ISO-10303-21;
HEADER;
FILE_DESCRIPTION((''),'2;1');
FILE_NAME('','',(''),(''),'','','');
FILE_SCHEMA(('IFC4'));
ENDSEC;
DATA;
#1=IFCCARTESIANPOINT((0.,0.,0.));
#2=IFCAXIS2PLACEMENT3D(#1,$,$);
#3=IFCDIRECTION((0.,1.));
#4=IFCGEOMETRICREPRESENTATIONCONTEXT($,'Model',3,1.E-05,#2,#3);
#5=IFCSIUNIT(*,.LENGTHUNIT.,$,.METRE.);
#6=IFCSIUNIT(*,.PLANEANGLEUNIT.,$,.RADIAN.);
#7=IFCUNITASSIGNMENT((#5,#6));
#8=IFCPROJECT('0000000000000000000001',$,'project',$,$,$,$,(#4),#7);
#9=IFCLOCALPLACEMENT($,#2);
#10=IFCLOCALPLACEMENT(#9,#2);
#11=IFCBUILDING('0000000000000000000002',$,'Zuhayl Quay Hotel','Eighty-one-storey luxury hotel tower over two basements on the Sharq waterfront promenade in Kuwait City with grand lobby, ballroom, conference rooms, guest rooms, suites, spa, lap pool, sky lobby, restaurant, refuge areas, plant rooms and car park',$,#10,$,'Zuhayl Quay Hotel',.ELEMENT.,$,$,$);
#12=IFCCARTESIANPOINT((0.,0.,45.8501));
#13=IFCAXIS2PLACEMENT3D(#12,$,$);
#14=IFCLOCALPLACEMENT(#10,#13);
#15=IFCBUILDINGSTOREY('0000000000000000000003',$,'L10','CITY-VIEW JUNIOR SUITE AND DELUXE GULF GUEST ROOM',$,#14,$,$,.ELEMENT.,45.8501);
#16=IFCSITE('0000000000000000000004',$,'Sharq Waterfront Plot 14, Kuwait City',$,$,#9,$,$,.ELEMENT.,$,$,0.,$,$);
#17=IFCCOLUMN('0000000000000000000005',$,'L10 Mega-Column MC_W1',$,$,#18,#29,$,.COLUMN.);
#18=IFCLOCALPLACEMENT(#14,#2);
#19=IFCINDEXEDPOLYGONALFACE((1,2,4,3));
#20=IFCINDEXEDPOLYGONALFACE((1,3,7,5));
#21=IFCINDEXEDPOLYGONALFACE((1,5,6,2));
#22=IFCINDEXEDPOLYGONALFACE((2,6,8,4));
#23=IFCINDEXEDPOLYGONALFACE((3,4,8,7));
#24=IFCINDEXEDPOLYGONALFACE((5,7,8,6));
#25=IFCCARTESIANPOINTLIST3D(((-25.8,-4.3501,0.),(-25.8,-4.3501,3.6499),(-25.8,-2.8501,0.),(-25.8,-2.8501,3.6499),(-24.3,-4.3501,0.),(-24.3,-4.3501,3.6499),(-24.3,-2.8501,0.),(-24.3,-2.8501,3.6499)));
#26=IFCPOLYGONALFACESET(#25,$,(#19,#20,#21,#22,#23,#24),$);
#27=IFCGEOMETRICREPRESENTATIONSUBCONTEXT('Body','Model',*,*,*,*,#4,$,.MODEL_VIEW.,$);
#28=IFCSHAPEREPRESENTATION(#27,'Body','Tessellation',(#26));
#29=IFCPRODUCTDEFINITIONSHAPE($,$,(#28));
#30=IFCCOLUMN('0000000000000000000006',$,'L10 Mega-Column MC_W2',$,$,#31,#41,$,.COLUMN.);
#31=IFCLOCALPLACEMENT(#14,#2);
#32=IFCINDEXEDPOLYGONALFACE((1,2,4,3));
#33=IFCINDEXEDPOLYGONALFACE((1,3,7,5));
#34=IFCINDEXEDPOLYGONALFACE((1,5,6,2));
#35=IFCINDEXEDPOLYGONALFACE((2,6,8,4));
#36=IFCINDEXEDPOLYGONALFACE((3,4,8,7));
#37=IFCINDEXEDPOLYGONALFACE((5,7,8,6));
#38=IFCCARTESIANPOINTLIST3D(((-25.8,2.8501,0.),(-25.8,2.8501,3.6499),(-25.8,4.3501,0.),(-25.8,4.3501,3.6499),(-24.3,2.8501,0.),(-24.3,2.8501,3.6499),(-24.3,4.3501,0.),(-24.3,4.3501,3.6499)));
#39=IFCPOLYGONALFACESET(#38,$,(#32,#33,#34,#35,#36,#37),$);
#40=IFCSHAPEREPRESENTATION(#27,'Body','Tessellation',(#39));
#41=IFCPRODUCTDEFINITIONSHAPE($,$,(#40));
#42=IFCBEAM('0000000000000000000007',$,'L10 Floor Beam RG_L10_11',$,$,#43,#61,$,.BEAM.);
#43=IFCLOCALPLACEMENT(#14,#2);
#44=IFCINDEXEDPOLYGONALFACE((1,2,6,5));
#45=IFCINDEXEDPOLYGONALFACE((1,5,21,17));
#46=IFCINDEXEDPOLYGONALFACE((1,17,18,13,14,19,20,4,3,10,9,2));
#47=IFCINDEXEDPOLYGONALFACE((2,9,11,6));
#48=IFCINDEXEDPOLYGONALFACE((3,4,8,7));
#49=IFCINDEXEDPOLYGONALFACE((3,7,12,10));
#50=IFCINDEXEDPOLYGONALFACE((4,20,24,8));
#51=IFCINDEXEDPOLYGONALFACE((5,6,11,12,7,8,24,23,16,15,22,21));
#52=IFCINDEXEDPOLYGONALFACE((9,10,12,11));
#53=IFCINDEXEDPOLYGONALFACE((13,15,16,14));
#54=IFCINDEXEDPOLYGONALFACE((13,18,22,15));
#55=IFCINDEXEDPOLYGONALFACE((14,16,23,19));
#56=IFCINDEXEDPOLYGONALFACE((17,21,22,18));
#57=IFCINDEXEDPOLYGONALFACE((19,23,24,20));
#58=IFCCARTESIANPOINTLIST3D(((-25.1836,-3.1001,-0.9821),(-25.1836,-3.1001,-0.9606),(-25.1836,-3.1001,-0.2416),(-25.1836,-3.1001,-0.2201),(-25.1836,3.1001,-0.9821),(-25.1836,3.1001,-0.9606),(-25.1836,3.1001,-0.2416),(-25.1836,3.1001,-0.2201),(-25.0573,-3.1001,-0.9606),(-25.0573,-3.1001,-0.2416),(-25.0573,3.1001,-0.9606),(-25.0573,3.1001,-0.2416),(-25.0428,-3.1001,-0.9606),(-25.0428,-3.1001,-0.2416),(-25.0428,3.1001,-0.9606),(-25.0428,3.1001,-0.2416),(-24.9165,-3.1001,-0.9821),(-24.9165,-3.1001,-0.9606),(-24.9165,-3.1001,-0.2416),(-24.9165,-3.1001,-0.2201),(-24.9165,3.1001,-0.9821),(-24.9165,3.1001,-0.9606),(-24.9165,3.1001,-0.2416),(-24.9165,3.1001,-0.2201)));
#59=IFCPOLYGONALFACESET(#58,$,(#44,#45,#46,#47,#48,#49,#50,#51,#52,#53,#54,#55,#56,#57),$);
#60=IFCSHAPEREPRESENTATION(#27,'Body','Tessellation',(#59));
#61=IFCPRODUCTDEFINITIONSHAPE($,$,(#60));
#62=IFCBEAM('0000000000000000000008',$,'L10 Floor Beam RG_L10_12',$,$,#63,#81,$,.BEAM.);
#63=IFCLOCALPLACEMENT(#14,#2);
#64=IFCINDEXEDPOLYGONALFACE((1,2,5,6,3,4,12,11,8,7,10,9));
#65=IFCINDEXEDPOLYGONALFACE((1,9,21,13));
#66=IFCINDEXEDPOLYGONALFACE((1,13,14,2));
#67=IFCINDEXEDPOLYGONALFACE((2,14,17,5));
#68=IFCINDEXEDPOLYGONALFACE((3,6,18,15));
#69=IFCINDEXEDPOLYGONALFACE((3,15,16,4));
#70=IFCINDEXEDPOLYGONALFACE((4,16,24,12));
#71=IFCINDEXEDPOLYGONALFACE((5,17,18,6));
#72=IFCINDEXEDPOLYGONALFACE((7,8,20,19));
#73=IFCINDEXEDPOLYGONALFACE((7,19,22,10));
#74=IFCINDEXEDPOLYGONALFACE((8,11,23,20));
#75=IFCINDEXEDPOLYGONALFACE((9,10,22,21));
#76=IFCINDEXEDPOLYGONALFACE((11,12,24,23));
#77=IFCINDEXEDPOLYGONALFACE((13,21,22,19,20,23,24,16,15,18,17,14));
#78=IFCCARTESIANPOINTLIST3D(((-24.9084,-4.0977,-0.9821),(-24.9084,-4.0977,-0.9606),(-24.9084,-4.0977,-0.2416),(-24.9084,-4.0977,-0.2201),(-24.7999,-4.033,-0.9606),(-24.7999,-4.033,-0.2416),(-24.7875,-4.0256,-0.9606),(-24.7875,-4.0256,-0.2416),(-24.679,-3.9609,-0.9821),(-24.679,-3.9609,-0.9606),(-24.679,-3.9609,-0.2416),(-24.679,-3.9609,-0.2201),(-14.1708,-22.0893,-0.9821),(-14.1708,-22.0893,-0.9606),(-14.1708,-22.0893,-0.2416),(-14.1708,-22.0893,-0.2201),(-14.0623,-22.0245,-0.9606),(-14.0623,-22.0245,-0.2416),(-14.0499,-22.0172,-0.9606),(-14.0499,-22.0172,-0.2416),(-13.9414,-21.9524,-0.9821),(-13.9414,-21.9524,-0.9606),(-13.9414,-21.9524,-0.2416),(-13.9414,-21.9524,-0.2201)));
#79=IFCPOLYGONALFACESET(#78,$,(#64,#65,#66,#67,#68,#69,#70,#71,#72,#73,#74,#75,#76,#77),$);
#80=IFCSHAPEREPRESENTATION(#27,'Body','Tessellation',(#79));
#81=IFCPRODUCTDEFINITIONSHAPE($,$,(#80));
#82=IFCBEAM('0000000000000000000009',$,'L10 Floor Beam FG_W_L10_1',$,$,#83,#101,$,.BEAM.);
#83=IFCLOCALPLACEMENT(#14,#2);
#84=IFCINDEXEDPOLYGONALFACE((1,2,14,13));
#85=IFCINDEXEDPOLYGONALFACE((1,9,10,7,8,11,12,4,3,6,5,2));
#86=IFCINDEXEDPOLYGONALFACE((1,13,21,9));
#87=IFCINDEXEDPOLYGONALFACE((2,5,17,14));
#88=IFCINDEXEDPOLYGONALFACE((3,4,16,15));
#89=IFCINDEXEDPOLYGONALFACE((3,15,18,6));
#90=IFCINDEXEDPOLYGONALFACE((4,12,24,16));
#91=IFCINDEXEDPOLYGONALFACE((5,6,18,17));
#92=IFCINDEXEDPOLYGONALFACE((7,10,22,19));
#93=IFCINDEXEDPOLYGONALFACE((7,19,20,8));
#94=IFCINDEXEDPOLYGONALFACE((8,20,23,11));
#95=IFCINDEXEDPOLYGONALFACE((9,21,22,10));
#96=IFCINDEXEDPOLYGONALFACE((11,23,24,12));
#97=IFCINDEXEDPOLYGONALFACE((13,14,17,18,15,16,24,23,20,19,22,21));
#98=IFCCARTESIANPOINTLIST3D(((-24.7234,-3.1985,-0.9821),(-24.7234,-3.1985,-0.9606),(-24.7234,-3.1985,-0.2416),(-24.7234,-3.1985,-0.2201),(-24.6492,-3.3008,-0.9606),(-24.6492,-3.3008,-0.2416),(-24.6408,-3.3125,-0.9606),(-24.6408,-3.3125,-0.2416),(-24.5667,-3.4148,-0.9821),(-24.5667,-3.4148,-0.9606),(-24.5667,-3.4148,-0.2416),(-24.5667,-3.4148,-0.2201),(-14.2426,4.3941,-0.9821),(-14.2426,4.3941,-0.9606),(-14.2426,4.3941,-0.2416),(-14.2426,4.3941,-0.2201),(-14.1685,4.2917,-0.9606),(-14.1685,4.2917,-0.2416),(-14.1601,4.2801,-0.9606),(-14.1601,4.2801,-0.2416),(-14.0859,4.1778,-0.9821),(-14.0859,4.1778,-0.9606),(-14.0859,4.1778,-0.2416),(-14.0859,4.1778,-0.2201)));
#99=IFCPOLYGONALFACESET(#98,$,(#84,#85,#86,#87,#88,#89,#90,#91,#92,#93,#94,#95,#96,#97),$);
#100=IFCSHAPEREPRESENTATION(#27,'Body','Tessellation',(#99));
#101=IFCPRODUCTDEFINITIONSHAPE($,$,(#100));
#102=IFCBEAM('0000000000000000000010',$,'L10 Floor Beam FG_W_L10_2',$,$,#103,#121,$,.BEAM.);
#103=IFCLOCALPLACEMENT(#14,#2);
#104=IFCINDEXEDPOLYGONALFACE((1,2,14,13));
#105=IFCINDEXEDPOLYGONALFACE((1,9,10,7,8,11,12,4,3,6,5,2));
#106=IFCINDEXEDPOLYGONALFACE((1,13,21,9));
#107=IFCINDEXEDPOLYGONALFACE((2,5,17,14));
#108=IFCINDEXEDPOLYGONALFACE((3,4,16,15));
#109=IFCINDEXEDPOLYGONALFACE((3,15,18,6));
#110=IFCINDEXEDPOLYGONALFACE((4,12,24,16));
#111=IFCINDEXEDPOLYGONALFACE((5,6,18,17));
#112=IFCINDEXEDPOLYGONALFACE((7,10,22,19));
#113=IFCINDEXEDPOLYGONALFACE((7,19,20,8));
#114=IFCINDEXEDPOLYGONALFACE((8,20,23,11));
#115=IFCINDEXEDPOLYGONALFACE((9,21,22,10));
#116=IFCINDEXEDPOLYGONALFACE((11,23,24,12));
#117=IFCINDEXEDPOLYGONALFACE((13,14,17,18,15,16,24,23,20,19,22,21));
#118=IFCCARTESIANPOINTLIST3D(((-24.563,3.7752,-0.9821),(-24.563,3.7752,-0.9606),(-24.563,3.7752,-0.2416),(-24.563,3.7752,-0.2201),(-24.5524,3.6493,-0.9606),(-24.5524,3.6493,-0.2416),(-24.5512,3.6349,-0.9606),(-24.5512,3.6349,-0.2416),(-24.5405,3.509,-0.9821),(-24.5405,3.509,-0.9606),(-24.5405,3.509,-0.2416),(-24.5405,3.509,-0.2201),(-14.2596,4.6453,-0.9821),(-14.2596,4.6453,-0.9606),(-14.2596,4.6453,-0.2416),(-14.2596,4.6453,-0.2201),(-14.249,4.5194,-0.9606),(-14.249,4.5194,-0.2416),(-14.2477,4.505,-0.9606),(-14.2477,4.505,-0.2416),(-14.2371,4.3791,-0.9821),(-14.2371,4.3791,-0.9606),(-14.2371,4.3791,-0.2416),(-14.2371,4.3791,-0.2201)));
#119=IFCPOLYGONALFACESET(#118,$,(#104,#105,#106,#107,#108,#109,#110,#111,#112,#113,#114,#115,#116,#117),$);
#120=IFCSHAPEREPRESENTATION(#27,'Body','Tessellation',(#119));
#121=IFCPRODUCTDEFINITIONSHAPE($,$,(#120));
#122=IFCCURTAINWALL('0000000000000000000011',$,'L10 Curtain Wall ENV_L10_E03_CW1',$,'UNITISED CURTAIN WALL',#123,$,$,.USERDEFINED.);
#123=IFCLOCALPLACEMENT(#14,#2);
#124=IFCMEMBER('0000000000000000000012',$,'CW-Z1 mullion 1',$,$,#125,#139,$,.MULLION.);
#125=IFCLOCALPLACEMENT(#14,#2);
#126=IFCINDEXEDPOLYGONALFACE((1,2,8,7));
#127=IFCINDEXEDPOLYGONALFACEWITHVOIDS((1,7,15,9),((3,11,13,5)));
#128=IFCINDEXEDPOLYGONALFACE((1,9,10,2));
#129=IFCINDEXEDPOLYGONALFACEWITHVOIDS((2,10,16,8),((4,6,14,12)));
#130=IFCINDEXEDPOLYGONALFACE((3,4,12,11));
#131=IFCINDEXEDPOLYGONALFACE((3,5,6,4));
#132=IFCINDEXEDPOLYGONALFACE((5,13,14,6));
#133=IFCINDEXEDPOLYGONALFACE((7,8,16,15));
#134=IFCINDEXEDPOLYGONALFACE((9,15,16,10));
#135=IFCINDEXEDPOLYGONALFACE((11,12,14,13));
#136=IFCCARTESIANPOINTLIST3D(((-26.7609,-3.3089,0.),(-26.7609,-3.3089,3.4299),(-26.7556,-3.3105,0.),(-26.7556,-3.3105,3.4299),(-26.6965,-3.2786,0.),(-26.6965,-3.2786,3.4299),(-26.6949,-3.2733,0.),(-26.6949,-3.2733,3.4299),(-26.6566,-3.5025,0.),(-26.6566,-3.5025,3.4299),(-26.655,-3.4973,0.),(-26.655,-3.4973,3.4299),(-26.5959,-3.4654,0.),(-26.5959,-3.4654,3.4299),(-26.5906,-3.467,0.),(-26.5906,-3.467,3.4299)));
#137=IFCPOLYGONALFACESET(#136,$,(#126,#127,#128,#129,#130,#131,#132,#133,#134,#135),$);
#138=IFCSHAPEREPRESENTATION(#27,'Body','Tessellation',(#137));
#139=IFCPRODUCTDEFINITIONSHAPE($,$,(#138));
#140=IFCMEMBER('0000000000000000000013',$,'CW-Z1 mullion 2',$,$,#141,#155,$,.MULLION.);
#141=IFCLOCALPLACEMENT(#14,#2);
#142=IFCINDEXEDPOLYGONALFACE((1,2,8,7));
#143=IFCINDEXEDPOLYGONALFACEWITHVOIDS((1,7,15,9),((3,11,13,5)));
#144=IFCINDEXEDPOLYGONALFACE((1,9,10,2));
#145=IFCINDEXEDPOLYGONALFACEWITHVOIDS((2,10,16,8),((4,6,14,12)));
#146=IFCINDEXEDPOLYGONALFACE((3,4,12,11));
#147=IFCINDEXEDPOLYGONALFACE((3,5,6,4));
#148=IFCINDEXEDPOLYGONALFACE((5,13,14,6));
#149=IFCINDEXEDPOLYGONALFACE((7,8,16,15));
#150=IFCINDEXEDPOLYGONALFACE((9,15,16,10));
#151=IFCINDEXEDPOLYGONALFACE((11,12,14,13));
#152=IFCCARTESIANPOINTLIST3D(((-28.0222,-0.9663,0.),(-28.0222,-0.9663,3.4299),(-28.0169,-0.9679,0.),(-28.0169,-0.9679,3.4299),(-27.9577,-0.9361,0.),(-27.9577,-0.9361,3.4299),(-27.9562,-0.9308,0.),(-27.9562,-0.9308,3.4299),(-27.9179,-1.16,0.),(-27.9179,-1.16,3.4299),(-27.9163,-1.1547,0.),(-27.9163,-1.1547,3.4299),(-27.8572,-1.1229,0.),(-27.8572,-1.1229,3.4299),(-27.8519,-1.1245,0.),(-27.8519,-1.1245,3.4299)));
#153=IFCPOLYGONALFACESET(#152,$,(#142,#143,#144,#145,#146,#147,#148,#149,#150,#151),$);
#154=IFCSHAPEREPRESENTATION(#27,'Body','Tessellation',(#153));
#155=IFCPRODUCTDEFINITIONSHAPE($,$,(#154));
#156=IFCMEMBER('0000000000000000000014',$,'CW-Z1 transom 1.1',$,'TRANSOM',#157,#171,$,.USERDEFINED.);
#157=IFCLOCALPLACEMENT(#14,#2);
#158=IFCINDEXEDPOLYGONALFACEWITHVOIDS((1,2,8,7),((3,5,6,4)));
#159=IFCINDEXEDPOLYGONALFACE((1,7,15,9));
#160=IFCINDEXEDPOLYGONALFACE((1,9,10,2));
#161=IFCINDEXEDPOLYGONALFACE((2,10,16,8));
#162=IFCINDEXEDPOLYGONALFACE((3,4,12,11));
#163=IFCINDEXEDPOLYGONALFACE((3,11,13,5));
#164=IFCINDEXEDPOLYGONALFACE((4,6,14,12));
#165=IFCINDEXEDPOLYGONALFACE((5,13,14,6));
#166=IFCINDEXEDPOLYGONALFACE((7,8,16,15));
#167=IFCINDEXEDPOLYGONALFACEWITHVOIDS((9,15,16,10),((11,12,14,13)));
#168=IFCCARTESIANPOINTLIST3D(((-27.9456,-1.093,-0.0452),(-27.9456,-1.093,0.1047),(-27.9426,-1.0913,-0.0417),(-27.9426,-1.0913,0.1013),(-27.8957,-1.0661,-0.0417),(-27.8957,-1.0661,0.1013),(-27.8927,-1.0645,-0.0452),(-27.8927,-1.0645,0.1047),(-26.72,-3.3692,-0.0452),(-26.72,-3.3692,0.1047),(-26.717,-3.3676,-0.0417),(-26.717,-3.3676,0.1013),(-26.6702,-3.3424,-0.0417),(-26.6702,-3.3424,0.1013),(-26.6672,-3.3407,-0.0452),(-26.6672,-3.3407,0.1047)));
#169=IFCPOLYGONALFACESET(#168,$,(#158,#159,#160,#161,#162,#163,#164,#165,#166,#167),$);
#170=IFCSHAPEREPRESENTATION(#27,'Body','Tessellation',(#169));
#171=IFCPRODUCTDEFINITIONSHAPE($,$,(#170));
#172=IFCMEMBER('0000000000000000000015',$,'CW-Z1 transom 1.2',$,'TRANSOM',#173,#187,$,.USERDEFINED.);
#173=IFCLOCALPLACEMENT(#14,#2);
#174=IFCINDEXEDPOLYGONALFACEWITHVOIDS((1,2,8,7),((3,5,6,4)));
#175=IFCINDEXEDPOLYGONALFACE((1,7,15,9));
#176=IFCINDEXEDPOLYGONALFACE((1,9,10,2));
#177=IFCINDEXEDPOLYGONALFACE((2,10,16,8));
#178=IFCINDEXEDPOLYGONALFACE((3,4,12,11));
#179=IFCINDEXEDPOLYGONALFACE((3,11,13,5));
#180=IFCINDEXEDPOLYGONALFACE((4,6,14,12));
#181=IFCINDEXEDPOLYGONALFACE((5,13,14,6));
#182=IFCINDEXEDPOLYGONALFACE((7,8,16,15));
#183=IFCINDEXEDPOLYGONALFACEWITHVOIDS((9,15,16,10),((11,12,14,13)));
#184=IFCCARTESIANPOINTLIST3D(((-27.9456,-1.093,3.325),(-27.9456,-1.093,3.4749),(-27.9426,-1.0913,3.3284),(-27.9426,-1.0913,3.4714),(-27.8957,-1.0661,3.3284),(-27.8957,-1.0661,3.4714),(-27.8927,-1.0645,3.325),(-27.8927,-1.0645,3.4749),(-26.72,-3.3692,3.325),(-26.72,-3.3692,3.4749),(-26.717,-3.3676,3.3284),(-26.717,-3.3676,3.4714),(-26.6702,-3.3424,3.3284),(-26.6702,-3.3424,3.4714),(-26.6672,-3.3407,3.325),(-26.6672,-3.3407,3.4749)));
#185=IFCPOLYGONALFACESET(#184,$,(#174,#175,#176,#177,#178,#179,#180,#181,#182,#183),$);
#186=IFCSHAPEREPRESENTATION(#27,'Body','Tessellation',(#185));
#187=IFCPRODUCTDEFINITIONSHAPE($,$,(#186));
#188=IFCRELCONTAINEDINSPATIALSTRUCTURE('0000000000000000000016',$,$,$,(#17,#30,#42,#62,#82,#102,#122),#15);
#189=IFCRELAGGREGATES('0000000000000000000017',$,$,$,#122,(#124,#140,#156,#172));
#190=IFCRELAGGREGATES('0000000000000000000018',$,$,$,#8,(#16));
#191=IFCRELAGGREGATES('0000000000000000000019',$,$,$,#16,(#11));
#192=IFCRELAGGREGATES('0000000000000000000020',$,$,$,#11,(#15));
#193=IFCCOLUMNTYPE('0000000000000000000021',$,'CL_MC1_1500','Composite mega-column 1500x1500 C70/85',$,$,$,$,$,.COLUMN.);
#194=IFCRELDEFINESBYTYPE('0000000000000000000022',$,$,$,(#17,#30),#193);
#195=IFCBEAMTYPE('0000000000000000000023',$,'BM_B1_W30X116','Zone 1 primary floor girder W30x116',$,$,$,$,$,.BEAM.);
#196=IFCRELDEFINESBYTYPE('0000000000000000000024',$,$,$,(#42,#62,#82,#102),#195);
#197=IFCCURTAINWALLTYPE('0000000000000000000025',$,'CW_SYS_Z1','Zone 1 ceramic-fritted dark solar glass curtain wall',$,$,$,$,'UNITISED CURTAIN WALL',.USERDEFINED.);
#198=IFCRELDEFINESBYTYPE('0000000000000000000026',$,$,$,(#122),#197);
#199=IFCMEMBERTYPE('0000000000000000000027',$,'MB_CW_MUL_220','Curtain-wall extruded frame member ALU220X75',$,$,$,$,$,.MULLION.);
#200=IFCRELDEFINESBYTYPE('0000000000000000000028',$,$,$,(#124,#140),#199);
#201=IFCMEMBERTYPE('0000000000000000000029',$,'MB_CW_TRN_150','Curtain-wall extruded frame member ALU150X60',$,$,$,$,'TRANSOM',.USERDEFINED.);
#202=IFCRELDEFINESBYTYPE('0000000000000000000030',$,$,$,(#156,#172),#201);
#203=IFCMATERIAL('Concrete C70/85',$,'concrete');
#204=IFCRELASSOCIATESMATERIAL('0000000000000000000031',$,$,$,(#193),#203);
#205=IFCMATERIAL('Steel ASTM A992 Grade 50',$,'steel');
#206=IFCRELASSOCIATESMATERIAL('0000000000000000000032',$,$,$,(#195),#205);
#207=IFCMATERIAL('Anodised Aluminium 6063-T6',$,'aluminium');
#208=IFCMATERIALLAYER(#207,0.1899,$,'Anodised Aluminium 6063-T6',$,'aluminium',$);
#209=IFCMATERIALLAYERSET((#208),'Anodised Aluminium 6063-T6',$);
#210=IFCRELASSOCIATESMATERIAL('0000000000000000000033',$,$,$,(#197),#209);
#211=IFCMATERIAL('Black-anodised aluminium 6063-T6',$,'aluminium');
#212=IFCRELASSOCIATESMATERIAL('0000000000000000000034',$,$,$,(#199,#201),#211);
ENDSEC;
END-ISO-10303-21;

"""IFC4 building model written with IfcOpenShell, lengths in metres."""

from ifc_helpers import new_model, si_unit, direction, frame, origin, origin_2d, place, context, subcontext, project, spatial, rectangle, hollow_rectangle, i_section, extrude, material, layer, layer_set, material_profile, profile_set, type_object, element, aggregate, save


model = new_model("IFC4")

# Units and contexts
model_context = context("Model", 3, precision=1e-05, world=origin(), true_north=direction((0.0, 1.0)))
body_context = subcontext(model_context, "Body", "Model", "MODEL_VIEW")
ifc_project = project(units=[si_unit("LENGTHUNIT", "METRE"), si_unit("PLANEANGLEUNIT", "RADIAN")], contexts=[model_context])

# Site, building, storey
site_placement = place(None, origin())
site = spatial("IfcSite", under=ifc_project, at=site_placement, Name="Sharq Waterfront Plot 14, Kuwait City", CompositionType="ELEMENT", RefElevation=0.0)
building_placement = place(site_placement, origin())
building = spatial("IfcBuilding", under=site, at=building_placement, Name="Zuhayl Quay Hotel", Description="Eighty-one-storey luxury hotel tower over two basements on the Sharq waterfront promenade in Kuwait City with grand lobby, ballroom, conference rooms, guest rooms, suites, spa, lap pool, sky lobby, restaurant, refuge areas, plant rooms and car park", LongName="Zuhayl Quay Hotel", CompositionType="ELEMENT")
storey_placement = place(building_placement, frame((0.0, 0.0, 45.8501)))
storey = spatial("IfcBuildingStorey", under=building, at=storey_placement, Name="L10", Description="CITY-VIEW JUNIOR SUITE AND DELUXE GULF GUEST ROOM", CompositionType="ELEMENT", Elevation=45.8501)

# Columns
ifc_material_1 = material(Name="Concrete C70/85", Category="concrete")
ifc_material_profile_1 = material_profile(ifc_material_1, rectangle(XDim=1.5, YDim=1.5, at=origin_2d()), Name="RC1500X1500")
ifc_profile_set_1 = profile_set([ifc_material_profile_1], Name="Concrete C70/85")
column_type = type_object("IfcColumnType", Name="CL_MC1_1500", Description="Composite mega-column 1500x1500 C70/85", PredefinedType="COLUMN", material=ifc_profile_set_1)
for number, where, z_axis, x_axis, name in (
    (1, (-25.05, -3.6001, 0.0), (0.0, 0.0, 1.0), (1.0, 0.0, 0.0), "L10 Mega-Column MC_W1"),
    (2, (-25.05, 3.6001, 0.0), (0.0, 0.0, 1.0), (1.0, 0.0, 0.0), "L10 Mega-Column MC_W2"),
):
    element("IfcColumn", number, at=place(storey_placement, frame(where, z_axis=z_axis, x_axis=x_axis)), inside=storey, type_object=column_type, Name=name, PredefinedType="COLUMN", context=body_context, shape_type="SweptSolid", body=[
        extrude(rectangle(XDim=1.5, YDim=1.5, at=origin_2d()), origin(), (0.0, 0.0, 1.0), 3.6499),
    ])

# Beams
ifc_material_2 = material(Name="Steel ASTM A992 Grade 50", Category="steel")
ifc_material_profile_2 = material_profile(ifc_material_2, i_section(OverallWidth=0.2671, OverallDepth=0.762, WebThickness=0.0144, FlangeThickness=0.0215, at=origin_2d()), Name="W30X116")
ifc_profile_set_2 = profile_set([ifc_material_profile_2], Name="Steel ASTM A992 Grade 50")
beam_type = type_object("IfcBeamType", Name="BM_B1_W30X116", Description="Zone 1 primary floor girder W30x116", PredefinedType="BEAM", material=ifc_profile_set_2)
beam_1_placement = place(storey_placement, frame((-25.05, 3.1001, -0.6011), z_axis=(0.0, -1.0, 0.0), x_axis=(1.0, 0.0, 0.0)))
element("IfcBeam", 3, at=beam_1_placement, inside=storey, type_object=beam_type, Name="L10 Floor Beam RG_L10_11", PredefinedType="BEAM", context=body_context, shape_type="SweptSolid", body=[
    extrude(i_section(OverallWidth=0.2671, OverallDepth=0.762, WebThickness=0.0144, FlangeThickness=0.0215, at=origin_2d()), origin(), (0.0, 0.0, 1.0), 6.2002),
])
beam_2_placement = place(storey_placement, frame((-24.7937, -4.0293, -0.6011), z_axis=(0.512483, -0.858698, 0.0), x_axis=(0.858698, 0.512483, 0.0)))
element("IfcBeam", 4, at=beam_2_placement, inside=storey, type_object=beam_type, Name="L10 Floor Beam RG_L10_12", PredefinedType="BEAM", context=body_context, shape_type="SweptSolid", body=[
    extrude(i_section(OverallWidth=0.2671, OverallDepth=0.762, WebThickness=0.0144, FlangeThickness=0.0215, at=origin_2d()), origin(), (0.0, 0.0, 1.0), 20.9521),
])
beam_3_placement = place(storey_placement, frame((-24.645, -3.3066, -0.6011), z_axis=(0.80983, 0.586664, 0.0), x_axis=(-0.586664, 0.80983, 0.0)))
element("IfcBeam", 5, at=beam_3_placement, inside=storey, type_object=beam_type, Name="L10 Floor Beam FG_W_L10_1", PredefinedType="BEAM", context=body_context, shape_type="SweptSolid", body=[
    extrude(i_section(OverallWidth=0.2671, OverallDepth=0.762, WebThickness=0.0144, FlangeThickness=0.0215, at=origin_2d()), origin(), (0.0, 0.0, 1.0), 12.9419),
])
beam_4_placement = place(storey_placement, frame((-24.5518, 3.6421, -0.6011), z_axis=(0.996453, 0.084149, 0.0), x_axis=(-0.084149, 0.996453, 0.0)))
element("IfcBeam", 6, at=beam_4_placement, inside=storey, type_object=beam_type, Name="L10 Floor Beam FG_W_L10_2", PredefinedType="BEAM", context=body_context, shape_type="SweptSolid", body=[
    extrude(i_section(OverallWidth=0.2671, OverallDepth=0.762, WebThickness=0.0144, FlangeThickness=0.0215, at=origin_2d()), origin(), (0.0, 0.0, 1.0), 10.3401),
])

# Curtain wall, members
ifc_material_3 = material(Name="Anodised Aluminium 6063-T6", Category="aluminium")
ifc_layer_1 = layer(ifc_material_3, 0.1899, Name="Anodised Aluminium 6063-T6", Category="aluminium")
ifc_layer_set_1 = layer_set([ifc_layer_1], Name="Anodised Aluminium 6063-T6")
curtain_wall_type = type_object("IfcCurtainWallType", Name="CW_SYS_Z1", Description="Zone 1 ceramic-fritted dark solar glass curtain wall", ElementType="UNITISED CURTAIN WALL", PredefinedType="USERDEFINED", material=ifc_layer_set_1)
curtain_wall_placement = place(storey_placement, origin())
curtain_wall = element("IfcCurtainWall", 7, at=curtain_wall_placement, inside=storey, type_object=curtain_wall_type, Name="L10 Curtain Wall ENV_L10_E03_CW1", ObjectType="UNITISED CURTAIN WALL", PredefinedType="USERDEFINED")
ifc_material_4 = material(Name="Black-anodised aluminium 6063-T6", Category="aluminium")
ifc_material_profile_3 = material_profile(ifc_material_4, hollow_rectangle(XDim=0.075, YDim=0.22, WallThickness=0.0039, at=origin_2d()), Name="ALU220X75")
ifc_profile_set_3 = profile_set([ifc_material_profile_3], Name="Black-anodised aluminium 6063-T6")
member_type_1 = type_object("IfcMemberType", Name="MB_CW_MUL_220", Description="Curtain-wall extruded frame member ALU220X75", PredefinedType="MULLION", material=ifc_profile_set_3)
member_1_placement = place(storey_placement, frame((-26.6758, -3.3879, 0.0), z_axis=(0.0, 0.0, 1.0), x_axis=(-0.880476, -0.474091, 0.0)))
member_1 = element("IfcMember", 8, at=member_1_placement, type_object=member_type_1, Name="CW-Z1 mullion 1", PredefinedType="MULLION", context=body_context, shape_type="SweptSolid", body=[
    extrude(hollow_rectangle(XDim=0.075, YDim=0.22, WallThickness=0.0039, at=origin_2d()), origin(), (0.0, 0.0, 1.0), 3.4299),
])
member_2_placement = place(storey_placement, frame((-27.937, -1.0454, 0.0), z_axis=(0.0, 0.0, 1.0), x_axis=(-0.880476, -0.474091, 0.0)))
member_2 = element("IfcMember", 9, at=member_2_placement, type_object=member_type_1, Name="CW-Z1 mullion 2", PredefinedType="MULLION", context=body_context, shape_type="SweptSolid", body=[
    extrude(hollow_rectangle(XDim=0.075, YDim=0.22, WallThickness=0.0039, at=origin_2d()), origin(), (0.0, 0.0, 1.0), 3.4299),
])
ifc_material_profile_4 = material_profile(ifc_material_4, hollow_rectangle(XDim=0.0601, YDim=0.1499, WallThickness=0.0034, at=origin_2d()), Name="ALU150X60")
ifc_profile_set_4 = profile_set([ifc_material_profile_4], Name="Black-anodised aluminium 6063-T6")
member_type_2 = type_object("IfcMemberType", Name="MB_CW_TRN_150", Description="Curtain-wall extruded frame member ALU150X60", ElementType="TRANSOM", PredefinedType="USERDEFINED", material=ifc_profile_set_4)
member_3_placement = place(storey_placement, frame((-26.6936, -3.355, 0.0298), z_axis=(-0.474055, 0.880495, 0.0), x_axis=(-0.880495, -0.474055, 0.0)))
member_3 = element("IfcMember", 10, at=member_3_placement, type_object=member_type_2, Name="CW-Z1 transom 1.1", ObjectType="TRANSOM", PredefinedType="USERDEFINED", context=body_context, shape_type="SweptSolid", body=[
    extrude(hollow_rectangle(XDim=0.0601, YDim=0.1499, WallThickness=0.0034, at=origin_2d()), origin(), (0.0, 0.0, 1.0), 2.5852),
])
member_4_placement = place(storey_placement, frame((-26.6936, -3.355, 3.3999), z_axis=(-0.474055, 0.880495, 0.0), x_axis=(-0.880495, -0.474055, 0.0)))
member_4 = element("IfcMember", 11, at=member_4_placement, type_object=member_type_2, Name="CW-Z1 transom 1.2", ObjectType="TRANSOM", PredefinedType="USERDEFINED", context=body_context, shape_type="SweptSolid", body=[
    extrude(hollow_rectangle(XDim=0.0601, YDim=0.1499, WallThickness=0.0034, at=origin_2d()), origin(), (0.0, 0.0, 1.0), 2.5852),
])
aggregate(curtain_wall, [member_1, member_2, member_3, member_4])

save(model, "model.ifc")
